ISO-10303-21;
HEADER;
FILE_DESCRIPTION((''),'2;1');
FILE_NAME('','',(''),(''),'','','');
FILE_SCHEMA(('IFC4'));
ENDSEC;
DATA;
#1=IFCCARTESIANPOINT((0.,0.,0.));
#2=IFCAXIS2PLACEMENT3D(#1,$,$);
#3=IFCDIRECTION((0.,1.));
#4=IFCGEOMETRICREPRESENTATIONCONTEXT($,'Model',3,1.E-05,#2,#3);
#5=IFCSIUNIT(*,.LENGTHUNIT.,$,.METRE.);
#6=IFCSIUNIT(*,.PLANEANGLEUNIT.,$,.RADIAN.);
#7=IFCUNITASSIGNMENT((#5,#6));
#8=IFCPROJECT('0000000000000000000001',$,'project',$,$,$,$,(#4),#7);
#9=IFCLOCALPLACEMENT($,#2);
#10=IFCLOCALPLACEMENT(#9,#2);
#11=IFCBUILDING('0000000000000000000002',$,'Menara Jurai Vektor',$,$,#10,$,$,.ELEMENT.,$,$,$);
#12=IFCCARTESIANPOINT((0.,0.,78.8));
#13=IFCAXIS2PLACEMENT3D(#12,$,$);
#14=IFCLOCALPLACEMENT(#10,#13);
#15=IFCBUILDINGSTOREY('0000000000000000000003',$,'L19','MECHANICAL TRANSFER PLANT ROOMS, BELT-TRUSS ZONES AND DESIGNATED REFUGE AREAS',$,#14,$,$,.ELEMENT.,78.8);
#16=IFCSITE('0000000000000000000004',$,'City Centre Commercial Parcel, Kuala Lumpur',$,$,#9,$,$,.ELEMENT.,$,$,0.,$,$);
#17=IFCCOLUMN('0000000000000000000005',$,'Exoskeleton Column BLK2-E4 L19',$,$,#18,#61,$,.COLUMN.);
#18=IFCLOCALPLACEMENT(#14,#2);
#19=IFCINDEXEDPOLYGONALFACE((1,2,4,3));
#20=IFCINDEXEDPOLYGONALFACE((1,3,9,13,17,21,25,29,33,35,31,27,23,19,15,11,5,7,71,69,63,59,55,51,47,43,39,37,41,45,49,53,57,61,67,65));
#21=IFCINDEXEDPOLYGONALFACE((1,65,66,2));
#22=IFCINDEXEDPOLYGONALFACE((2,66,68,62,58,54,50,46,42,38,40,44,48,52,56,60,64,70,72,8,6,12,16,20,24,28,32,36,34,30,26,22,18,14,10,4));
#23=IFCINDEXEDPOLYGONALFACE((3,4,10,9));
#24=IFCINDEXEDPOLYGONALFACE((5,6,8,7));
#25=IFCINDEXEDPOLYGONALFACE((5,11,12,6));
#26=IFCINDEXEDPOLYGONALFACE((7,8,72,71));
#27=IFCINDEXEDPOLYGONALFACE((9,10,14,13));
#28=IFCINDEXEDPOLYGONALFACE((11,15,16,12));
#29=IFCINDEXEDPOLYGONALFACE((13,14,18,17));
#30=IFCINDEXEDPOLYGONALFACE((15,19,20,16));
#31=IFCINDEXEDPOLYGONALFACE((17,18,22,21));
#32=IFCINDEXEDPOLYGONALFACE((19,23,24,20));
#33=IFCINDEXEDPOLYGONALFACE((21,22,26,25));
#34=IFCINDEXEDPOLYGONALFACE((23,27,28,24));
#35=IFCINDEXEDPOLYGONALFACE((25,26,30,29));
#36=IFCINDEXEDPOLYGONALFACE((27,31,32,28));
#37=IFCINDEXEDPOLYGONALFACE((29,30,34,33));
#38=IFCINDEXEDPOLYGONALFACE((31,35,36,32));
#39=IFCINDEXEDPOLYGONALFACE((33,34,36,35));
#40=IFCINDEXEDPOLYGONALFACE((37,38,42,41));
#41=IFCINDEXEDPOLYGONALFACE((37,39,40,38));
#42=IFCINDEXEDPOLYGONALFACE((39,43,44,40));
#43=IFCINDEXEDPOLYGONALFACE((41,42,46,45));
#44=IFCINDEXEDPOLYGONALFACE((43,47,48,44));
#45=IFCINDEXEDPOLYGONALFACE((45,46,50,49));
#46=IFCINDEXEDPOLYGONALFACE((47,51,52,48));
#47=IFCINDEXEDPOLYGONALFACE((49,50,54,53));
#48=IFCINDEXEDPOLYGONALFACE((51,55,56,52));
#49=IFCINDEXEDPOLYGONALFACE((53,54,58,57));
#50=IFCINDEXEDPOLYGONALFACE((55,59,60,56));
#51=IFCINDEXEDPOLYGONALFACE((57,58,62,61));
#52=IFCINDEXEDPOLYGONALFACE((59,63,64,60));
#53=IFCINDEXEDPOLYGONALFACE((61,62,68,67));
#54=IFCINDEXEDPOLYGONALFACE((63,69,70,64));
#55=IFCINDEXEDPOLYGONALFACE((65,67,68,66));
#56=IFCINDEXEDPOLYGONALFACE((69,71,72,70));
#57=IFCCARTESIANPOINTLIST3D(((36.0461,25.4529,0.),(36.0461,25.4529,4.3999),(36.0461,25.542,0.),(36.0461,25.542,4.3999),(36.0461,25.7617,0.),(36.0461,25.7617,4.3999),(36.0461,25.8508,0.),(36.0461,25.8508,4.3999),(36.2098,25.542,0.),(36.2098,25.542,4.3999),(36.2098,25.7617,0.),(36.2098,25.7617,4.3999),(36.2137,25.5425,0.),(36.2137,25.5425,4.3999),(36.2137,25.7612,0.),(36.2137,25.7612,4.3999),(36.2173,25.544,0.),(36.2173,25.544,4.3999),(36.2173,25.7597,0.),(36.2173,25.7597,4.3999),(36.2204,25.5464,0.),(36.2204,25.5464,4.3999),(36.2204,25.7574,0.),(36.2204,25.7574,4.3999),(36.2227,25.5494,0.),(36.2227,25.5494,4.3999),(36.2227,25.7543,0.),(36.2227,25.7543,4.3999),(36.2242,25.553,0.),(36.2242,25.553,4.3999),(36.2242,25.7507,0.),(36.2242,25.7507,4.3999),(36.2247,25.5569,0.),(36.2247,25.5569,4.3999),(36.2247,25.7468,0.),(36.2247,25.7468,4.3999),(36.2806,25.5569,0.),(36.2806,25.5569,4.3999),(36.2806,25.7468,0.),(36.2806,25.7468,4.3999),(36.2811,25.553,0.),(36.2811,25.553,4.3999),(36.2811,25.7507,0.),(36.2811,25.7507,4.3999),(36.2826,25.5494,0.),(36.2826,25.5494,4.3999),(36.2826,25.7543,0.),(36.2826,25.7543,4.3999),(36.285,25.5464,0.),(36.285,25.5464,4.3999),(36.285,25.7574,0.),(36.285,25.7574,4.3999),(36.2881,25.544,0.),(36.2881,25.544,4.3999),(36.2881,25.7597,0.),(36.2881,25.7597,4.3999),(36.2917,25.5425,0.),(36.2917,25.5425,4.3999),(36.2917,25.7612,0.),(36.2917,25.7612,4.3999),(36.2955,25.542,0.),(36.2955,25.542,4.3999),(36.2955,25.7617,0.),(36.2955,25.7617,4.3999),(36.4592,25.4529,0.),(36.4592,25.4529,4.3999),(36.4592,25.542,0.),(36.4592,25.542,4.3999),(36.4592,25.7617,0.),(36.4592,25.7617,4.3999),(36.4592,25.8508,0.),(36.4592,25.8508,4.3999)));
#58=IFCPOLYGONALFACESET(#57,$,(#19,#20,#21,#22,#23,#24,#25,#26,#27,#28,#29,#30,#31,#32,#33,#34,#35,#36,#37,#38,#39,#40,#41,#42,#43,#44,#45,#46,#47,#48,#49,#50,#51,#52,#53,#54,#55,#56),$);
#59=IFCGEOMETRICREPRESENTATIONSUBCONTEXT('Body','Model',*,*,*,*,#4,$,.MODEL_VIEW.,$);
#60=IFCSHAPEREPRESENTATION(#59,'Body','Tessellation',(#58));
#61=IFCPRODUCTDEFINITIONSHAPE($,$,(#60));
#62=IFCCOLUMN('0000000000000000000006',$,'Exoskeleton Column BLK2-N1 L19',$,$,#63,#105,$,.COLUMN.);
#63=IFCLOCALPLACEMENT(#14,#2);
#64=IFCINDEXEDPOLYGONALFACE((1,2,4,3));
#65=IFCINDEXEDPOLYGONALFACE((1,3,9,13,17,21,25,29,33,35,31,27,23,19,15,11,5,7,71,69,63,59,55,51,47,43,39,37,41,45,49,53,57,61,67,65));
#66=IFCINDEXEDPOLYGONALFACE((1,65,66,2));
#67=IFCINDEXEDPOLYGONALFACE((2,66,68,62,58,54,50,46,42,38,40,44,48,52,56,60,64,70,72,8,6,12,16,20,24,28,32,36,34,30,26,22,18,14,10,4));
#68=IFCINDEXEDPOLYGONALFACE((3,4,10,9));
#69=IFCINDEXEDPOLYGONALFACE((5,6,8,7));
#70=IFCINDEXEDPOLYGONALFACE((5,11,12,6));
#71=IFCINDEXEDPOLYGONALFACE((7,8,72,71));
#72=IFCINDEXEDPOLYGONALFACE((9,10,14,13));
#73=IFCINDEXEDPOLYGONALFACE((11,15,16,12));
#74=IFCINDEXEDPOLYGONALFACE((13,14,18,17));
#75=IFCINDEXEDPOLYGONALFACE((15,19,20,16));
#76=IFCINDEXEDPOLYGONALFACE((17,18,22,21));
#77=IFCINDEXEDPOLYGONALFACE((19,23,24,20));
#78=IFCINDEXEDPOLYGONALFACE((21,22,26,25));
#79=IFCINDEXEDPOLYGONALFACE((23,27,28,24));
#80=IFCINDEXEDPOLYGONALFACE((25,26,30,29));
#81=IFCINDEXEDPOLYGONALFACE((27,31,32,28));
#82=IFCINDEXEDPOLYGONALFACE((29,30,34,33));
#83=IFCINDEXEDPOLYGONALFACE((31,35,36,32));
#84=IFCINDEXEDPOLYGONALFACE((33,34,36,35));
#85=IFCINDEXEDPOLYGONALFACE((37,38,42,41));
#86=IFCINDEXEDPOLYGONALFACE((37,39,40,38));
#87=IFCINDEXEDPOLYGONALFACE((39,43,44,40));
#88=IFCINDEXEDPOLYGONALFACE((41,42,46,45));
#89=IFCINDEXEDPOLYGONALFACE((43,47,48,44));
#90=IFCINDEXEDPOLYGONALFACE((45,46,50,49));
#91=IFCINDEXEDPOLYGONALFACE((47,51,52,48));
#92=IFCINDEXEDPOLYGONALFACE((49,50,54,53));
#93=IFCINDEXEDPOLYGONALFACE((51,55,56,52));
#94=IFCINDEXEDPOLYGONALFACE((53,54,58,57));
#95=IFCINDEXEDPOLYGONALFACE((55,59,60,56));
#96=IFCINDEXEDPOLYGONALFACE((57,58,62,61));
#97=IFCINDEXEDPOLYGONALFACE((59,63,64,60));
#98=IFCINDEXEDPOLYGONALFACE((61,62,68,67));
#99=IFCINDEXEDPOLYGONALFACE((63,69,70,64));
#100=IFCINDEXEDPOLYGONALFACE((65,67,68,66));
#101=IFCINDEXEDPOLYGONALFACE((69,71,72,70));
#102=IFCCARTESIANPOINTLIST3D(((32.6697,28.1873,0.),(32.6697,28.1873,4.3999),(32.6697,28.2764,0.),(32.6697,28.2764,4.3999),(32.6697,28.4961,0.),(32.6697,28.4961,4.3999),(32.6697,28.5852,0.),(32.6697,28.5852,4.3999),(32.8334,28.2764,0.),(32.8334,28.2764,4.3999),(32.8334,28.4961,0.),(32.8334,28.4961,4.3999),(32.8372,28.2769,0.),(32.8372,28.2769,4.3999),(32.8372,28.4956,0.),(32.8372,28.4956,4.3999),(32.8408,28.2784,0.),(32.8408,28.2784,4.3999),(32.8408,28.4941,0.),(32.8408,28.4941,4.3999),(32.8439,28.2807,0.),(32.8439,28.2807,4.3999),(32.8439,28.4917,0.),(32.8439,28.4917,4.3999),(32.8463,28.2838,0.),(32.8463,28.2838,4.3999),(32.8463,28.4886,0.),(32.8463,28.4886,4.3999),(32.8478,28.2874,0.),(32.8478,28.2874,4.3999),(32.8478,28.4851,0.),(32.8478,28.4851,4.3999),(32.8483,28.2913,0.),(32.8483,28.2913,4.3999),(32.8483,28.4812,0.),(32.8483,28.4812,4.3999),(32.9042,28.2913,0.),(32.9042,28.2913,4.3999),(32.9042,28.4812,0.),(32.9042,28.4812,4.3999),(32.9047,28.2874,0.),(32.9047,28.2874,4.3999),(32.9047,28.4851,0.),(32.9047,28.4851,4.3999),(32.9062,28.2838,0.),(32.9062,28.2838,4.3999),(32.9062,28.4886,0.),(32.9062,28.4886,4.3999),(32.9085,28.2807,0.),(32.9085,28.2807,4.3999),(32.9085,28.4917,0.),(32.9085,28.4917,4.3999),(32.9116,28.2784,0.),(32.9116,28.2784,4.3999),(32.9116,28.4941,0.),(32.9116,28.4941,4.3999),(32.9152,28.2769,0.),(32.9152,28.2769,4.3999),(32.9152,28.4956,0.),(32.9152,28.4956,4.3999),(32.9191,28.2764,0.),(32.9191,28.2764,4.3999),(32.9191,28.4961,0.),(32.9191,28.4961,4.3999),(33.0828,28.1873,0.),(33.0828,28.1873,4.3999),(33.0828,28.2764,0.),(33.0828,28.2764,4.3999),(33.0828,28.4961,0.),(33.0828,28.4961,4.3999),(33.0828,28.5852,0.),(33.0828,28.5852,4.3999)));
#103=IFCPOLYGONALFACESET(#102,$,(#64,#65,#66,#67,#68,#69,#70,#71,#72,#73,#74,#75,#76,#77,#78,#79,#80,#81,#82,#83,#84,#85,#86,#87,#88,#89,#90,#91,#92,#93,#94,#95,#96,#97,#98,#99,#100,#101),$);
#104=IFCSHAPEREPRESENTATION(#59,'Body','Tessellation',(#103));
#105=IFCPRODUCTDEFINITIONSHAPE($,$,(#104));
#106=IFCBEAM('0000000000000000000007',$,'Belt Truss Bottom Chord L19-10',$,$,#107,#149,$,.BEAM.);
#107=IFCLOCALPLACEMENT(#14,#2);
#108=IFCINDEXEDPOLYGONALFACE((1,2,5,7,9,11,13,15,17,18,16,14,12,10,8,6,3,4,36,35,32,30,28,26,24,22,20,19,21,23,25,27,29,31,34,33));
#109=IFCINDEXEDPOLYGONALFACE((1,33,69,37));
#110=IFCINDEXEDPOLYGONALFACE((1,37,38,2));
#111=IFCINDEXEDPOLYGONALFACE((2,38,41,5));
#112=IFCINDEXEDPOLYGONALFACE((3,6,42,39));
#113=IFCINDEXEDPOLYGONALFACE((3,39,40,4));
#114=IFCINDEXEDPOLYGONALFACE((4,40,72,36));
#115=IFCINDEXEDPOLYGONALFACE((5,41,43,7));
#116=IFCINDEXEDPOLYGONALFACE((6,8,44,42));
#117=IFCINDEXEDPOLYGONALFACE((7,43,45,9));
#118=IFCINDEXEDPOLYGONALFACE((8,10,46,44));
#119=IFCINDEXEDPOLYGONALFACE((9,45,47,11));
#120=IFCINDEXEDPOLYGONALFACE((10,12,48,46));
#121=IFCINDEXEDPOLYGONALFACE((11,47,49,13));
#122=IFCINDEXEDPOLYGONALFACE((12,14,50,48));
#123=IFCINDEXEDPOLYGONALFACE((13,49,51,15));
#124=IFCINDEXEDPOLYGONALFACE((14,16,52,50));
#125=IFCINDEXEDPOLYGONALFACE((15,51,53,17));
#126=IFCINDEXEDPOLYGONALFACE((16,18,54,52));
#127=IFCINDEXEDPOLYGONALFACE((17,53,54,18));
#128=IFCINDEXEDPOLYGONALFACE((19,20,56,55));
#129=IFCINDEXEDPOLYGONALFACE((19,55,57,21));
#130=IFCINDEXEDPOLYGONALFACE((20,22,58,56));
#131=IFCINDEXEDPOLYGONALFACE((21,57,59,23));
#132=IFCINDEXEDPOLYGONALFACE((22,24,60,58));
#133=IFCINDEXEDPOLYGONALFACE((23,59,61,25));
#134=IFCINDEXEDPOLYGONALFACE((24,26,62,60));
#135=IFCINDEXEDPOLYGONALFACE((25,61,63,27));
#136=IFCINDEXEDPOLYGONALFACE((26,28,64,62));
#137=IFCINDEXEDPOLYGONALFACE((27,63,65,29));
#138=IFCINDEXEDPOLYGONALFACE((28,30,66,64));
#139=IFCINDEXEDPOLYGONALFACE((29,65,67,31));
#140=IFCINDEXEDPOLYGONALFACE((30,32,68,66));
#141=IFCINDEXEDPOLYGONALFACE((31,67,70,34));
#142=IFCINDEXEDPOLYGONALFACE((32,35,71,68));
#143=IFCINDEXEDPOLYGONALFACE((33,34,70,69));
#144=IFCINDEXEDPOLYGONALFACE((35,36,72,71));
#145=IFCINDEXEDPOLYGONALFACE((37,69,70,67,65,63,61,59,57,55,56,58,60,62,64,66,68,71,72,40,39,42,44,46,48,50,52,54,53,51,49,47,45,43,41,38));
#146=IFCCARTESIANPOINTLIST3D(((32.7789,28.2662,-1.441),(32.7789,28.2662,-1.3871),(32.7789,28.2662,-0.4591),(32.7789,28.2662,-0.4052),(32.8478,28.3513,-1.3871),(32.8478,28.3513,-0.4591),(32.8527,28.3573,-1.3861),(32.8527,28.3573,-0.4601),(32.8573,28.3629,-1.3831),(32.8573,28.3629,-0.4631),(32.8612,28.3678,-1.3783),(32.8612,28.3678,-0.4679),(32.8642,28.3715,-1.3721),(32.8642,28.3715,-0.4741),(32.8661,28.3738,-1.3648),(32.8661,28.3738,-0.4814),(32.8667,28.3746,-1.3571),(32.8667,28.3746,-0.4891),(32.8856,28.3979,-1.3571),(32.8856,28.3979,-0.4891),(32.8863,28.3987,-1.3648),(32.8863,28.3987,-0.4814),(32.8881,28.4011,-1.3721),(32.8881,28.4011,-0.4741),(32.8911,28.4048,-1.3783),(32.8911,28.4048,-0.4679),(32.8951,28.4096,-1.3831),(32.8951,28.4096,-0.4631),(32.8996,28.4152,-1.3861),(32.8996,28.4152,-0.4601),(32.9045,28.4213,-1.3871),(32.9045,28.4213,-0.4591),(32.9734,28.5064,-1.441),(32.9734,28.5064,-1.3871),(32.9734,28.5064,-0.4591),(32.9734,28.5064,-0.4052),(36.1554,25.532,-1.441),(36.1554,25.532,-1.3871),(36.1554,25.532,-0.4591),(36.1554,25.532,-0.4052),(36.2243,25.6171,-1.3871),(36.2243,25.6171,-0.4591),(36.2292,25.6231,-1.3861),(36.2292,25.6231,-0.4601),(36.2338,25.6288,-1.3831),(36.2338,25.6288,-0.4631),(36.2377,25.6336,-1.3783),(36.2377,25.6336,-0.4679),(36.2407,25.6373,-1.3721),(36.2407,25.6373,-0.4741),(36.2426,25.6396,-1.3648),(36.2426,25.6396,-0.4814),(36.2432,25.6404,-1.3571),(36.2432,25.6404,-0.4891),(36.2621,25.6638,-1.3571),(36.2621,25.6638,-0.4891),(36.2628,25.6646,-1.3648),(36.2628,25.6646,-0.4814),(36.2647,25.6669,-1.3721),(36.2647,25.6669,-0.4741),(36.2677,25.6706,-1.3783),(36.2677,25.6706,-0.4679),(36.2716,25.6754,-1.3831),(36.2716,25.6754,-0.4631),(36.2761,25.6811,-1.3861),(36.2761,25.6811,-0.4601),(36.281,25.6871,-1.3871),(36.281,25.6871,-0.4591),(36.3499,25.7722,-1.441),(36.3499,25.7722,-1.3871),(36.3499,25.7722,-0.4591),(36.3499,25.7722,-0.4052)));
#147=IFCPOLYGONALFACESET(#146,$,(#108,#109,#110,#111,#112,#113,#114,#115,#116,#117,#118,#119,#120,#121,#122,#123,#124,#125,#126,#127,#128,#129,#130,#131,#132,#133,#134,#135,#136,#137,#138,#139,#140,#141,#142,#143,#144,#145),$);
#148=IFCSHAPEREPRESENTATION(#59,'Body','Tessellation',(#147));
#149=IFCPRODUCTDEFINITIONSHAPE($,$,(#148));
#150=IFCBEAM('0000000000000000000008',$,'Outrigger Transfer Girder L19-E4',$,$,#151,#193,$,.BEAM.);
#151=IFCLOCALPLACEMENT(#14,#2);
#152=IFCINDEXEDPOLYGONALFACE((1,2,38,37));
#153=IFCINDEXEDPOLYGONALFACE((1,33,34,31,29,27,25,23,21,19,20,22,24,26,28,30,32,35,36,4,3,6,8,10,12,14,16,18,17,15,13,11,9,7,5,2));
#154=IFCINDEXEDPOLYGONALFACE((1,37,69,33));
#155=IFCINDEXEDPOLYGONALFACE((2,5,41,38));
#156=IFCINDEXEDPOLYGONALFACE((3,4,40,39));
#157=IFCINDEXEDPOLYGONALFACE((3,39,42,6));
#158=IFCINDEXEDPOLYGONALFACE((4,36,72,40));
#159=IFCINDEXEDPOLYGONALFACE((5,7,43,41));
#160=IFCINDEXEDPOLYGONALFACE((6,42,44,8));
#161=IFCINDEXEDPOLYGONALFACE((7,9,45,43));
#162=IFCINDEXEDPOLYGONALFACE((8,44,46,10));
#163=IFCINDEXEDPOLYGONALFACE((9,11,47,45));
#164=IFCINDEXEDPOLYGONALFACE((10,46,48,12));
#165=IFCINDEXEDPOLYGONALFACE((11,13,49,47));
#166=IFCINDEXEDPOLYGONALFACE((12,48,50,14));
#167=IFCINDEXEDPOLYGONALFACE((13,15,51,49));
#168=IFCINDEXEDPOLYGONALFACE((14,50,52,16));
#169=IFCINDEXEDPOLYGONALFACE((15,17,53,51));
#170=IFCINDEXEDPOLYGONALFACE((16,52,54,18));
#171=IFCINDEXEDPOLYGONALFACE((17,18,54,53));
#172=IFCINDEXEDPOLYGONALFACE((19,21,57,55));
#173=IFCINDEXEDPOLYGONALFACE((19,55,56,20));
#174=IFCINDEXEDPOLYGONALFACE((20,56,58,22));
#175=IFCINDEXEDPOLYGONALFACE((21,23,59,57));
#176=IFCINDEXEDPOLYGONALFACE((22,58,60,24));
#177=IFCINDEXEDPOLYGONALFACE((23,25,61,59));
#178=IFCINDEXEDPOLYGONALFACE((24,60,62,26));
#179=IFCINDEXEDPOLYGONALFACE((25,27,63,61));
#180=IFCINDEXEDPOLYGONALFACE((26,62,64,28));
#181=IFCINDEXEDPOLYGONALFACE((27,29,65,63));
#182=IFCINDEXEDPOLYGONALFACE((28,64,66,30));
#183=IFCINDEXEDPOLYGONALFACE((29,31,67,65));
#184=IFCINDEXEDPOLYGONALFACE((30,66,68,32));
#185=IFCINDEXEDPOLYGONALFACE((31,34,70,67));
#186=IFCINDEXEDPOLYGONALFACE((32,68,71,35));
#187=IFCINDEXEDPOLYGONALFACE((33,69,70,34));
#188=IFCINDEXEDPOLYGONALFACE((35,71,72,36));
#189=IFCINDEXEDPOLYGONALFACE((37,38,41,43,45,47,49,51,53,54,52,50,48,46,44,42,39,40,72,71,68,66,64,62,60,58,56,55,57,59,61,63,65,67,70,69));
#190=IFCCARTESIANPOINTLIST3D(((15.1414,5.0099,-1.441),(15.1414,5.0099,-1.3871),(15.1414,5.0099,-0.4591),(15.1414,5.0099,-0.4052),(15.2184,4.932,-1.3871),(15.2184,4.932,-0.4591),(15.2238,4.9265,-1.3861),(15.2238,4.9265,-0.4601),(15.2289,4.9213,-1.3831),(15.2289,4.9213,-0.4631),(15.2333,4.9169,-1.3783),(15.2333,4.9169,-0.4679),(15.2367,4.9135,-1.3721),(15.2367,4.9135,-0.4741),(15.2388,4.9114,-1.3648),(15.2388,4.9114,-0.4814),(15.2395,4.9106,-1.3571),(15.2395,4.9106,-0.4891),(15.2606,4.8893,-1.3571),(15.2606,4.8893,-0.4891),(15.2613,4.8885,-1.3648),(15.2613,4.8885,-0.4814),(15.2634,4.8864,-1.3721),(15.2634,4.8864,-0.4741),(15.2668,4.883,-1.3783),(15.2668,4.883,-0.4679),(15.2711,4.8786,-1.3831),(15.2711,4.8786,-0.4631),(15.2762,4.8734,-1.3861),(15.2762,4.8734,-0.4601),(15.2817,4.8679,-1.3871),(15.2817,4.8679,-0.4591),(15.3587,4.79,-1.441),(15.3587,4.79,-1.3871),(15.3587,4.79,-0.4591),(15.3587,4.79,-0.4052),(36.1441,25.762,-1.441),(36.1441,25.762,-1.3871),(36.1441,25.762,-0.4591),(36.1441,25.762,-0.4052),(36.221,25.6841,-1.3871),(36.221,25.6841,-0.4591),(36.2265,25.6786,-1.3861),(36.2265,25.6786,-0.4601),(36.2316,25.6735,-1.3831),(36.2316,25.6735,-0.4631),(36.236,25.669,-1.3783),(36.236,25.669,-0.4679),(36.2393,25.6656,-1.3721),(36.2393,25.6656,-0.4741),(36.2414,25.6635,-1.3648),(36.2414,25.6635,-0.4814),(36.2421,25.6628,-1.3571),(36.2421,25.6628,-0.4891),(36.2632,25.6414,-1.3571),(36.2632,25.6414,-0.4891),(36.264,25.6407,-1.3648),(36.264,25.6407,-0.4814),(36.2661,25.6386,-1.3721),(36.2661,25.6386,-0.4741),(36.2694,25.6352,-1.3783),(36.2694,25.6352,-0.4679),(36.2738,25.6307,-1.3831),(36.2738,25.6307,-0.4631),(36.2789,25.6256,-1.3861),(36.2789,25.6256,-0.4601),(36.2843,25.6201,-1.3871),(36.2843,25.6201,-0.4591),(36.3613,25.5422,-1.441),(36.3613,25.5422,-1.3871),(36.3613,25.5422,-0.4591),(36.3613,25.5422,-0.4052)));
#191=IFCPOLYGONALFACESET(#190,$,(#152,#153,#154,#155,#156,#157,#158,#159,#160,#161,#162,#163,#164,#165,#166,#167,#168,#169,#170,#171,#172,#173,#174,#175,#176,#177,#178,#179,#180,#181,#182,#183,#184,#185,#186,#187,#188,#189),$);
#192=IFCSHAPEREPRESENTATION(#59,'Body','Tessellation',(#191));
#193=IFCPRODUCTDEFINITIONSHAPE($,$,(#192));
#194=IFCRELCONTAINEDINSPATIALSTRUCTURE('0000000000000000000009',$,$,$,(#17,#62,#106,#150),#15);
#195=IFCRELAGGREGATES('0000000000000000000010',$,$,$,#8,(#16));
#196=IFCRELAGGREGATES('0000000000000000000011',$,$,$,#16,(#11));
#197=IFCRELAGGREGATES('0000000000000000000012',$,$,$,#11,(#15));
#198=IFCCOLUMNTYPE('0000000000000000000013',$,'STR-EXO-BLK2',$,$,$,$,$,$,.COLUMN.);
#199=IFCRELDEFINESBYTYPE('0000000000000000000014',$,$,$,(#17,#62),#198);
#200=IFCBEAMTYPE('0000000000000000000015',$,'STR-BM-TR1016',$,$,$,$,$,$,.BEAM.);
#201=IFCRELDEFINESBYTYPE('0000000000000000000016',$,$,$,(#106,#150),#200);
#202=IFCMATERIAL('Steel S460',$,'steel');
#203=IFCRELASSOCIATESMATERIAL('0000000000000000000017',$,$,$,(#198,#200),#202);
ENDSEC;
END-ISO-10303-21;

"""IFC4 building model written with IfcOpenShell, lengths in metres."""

from ifc_helpers import new_model, si_unit, direction, frame, origin, origin_2d, place, context, subcontext, project, spatial, i_section, extrude, material, material_profile, profile_set, type_object, element, save


model = new_model("IFC4")

# Units and contexts
model_context = context("Model", 3, precision=1e-05, world=origin(), true_north=direction((0.0, 1.0)))
body_context = subcontext(model_context, "Body", "Model", "MODEL_VIEW")
ifc_project = project(units=[si_unit("LENGTHUNIT", "METRE"), si_unit("PLANEANGLEUNIT", "RADIAN")], contexts=[model_context])

# Site, building, storey
site_placement = place(None, origin())
site = spatial("IfcSite", under=ifc_project, at=site_placement, Name="City Centre Commercial Parcel, Kuala Lumpur", CompositionType="ELEMENT", RefElevation=0.0)
building_placement = place(site_placement, origin())
building = spatial("IfcBuilding", under=site, at=building_placement, Name="Menara Jurai Vektor", CompositionType="ELEMENT")
storey_placement = place(building_placement, frame((0.0, 0.0, 78.8)))
storey = spatial("IfcBuildingStorey", under=building, at=storey_placement, Name="L19", Description="MECHANICAL TRANSFER PLANT ROOMS, BELT-TRUSS ZONES AND DESIGNATED REFUGE AREAS", CompositionType="ELEMENT", Elevation=78.8)

# Columns
ifc_material_1 = material(Name="Steel S460", Category="steel")
ifc_material_profile_1 = material_profile(ifc_material_1, i_section(OverallWidth=0.4131, OverallDepth=0.3979, WebThickness=0.0559, FlangeThickness=0.0891, FilletRadius=0.0149, at=origin_2d()), Name="HD 400x744")
ifc_profile_set_1 = profile_set([ifc_material_profile_1], Name="Steel S460")
column_type = type_object("IfcColumnType", Name="STR-EXO-BLK2", PredefinedType="COLUMN", material=ifc_profile_set_1)
for number, where, z_axis, x_axis, name in (
    (1, (36.2527, 25.6519, 0.0), (0.0, 0.0, 1.0), (1.0, 0.0, 0.0), "Exoskeleton Column BLK2-E4 L19"),
    (2, (32.8762, 28.3862, 0.0), (0.0, 0.0, 1.0), (1.0, 0.0, 0.0), "Exoskeleton Column BLK2-N1 L19"),
):
    element("IfcColumn", number, at=place(storey_placement, frame(where, z_axis=z_axis, x_axis=x_axis)), inside=storey, type_object=column_type, Name=name, PredefinedType="COLUMN", context=body_context, shape_type="SweptSolid", body=[
        extrude(i_section(OverallWidth=0.4131, OverallDepth=0.3979, WebThickness=0.0559, FlangeThickness=0.0891, FilletRadius=0.0149, at=origin_2d()), origin(), (0.0, 0.0, 1.0), 4.3999),
    ])

# Beams
ifc_material_profile_2 = material_profile(ifc_material_1, i_section(OverallWidth=0.3091, OverallDepth=1.0359, WebThickness=0.03, FlangeThickness=0.054, FilletRadius=0.03, at=origin_2d()), Name="UKB 1016x305x487")
ifc_profile_set_2 = profile_set([ifc_material_profile_2], Name="Steel S460")
beam_type_1 = type_object("IfcBeamType", Name="STR-BM-TR1016", PredefinedType="BEAM", material=ifc_profile_set_2)
beam_1_placement = place(storey_placement, frame((36.2527, 25.6521, -0.9231), z_axis=(-0.777155, 0.62931, 0.0), x_axis=(-0.62931, -0.777155, 0.0)))
element("IfcBeam", 3, at=beam_1_placement, inside=storey, type_object=beam_type_1, Name="Belt Truss Bottom Chord L19-10", PredefinedType="BEAM", context=body_context, shape_type="SweptSolid", body=[
    extrude(i_section(OverallWidth=0.3091, OverallDepth=1.0359, WebThickness=0.03, FlangeThickness=0.054, FilletRadius=0.03, at=origin_2d()), origin(), (0.0, 0.0, 1.0), 4.3447),
])
beam_2_placement = place(storey_placement, frame((36.2527, 25.6521, -0.9231), z_axis=(-0.711336, -0.702852, 0.0), x_axis=(0.702852, -0.711336, 0.0)))
element("IfcBeam", 4, at=beam_2_placement, inside=storey, type_object=beam_type_1, Name="Outrigger Transfer Girder L19-E4", PredefinedType="BEAM", context=body_context, shape_type="SweptSolid", body=[
    extrude(i_section(OverallWidth=0.3091, OverallDepth=1.0359, WebThickness=0.03, FlangeThickness=0.054, FilletRadius=0.03, at=origin_2d()), origin(), (0.0, 0.0, 1.0), 29.5256),
])

save(model, "model.ifc")
